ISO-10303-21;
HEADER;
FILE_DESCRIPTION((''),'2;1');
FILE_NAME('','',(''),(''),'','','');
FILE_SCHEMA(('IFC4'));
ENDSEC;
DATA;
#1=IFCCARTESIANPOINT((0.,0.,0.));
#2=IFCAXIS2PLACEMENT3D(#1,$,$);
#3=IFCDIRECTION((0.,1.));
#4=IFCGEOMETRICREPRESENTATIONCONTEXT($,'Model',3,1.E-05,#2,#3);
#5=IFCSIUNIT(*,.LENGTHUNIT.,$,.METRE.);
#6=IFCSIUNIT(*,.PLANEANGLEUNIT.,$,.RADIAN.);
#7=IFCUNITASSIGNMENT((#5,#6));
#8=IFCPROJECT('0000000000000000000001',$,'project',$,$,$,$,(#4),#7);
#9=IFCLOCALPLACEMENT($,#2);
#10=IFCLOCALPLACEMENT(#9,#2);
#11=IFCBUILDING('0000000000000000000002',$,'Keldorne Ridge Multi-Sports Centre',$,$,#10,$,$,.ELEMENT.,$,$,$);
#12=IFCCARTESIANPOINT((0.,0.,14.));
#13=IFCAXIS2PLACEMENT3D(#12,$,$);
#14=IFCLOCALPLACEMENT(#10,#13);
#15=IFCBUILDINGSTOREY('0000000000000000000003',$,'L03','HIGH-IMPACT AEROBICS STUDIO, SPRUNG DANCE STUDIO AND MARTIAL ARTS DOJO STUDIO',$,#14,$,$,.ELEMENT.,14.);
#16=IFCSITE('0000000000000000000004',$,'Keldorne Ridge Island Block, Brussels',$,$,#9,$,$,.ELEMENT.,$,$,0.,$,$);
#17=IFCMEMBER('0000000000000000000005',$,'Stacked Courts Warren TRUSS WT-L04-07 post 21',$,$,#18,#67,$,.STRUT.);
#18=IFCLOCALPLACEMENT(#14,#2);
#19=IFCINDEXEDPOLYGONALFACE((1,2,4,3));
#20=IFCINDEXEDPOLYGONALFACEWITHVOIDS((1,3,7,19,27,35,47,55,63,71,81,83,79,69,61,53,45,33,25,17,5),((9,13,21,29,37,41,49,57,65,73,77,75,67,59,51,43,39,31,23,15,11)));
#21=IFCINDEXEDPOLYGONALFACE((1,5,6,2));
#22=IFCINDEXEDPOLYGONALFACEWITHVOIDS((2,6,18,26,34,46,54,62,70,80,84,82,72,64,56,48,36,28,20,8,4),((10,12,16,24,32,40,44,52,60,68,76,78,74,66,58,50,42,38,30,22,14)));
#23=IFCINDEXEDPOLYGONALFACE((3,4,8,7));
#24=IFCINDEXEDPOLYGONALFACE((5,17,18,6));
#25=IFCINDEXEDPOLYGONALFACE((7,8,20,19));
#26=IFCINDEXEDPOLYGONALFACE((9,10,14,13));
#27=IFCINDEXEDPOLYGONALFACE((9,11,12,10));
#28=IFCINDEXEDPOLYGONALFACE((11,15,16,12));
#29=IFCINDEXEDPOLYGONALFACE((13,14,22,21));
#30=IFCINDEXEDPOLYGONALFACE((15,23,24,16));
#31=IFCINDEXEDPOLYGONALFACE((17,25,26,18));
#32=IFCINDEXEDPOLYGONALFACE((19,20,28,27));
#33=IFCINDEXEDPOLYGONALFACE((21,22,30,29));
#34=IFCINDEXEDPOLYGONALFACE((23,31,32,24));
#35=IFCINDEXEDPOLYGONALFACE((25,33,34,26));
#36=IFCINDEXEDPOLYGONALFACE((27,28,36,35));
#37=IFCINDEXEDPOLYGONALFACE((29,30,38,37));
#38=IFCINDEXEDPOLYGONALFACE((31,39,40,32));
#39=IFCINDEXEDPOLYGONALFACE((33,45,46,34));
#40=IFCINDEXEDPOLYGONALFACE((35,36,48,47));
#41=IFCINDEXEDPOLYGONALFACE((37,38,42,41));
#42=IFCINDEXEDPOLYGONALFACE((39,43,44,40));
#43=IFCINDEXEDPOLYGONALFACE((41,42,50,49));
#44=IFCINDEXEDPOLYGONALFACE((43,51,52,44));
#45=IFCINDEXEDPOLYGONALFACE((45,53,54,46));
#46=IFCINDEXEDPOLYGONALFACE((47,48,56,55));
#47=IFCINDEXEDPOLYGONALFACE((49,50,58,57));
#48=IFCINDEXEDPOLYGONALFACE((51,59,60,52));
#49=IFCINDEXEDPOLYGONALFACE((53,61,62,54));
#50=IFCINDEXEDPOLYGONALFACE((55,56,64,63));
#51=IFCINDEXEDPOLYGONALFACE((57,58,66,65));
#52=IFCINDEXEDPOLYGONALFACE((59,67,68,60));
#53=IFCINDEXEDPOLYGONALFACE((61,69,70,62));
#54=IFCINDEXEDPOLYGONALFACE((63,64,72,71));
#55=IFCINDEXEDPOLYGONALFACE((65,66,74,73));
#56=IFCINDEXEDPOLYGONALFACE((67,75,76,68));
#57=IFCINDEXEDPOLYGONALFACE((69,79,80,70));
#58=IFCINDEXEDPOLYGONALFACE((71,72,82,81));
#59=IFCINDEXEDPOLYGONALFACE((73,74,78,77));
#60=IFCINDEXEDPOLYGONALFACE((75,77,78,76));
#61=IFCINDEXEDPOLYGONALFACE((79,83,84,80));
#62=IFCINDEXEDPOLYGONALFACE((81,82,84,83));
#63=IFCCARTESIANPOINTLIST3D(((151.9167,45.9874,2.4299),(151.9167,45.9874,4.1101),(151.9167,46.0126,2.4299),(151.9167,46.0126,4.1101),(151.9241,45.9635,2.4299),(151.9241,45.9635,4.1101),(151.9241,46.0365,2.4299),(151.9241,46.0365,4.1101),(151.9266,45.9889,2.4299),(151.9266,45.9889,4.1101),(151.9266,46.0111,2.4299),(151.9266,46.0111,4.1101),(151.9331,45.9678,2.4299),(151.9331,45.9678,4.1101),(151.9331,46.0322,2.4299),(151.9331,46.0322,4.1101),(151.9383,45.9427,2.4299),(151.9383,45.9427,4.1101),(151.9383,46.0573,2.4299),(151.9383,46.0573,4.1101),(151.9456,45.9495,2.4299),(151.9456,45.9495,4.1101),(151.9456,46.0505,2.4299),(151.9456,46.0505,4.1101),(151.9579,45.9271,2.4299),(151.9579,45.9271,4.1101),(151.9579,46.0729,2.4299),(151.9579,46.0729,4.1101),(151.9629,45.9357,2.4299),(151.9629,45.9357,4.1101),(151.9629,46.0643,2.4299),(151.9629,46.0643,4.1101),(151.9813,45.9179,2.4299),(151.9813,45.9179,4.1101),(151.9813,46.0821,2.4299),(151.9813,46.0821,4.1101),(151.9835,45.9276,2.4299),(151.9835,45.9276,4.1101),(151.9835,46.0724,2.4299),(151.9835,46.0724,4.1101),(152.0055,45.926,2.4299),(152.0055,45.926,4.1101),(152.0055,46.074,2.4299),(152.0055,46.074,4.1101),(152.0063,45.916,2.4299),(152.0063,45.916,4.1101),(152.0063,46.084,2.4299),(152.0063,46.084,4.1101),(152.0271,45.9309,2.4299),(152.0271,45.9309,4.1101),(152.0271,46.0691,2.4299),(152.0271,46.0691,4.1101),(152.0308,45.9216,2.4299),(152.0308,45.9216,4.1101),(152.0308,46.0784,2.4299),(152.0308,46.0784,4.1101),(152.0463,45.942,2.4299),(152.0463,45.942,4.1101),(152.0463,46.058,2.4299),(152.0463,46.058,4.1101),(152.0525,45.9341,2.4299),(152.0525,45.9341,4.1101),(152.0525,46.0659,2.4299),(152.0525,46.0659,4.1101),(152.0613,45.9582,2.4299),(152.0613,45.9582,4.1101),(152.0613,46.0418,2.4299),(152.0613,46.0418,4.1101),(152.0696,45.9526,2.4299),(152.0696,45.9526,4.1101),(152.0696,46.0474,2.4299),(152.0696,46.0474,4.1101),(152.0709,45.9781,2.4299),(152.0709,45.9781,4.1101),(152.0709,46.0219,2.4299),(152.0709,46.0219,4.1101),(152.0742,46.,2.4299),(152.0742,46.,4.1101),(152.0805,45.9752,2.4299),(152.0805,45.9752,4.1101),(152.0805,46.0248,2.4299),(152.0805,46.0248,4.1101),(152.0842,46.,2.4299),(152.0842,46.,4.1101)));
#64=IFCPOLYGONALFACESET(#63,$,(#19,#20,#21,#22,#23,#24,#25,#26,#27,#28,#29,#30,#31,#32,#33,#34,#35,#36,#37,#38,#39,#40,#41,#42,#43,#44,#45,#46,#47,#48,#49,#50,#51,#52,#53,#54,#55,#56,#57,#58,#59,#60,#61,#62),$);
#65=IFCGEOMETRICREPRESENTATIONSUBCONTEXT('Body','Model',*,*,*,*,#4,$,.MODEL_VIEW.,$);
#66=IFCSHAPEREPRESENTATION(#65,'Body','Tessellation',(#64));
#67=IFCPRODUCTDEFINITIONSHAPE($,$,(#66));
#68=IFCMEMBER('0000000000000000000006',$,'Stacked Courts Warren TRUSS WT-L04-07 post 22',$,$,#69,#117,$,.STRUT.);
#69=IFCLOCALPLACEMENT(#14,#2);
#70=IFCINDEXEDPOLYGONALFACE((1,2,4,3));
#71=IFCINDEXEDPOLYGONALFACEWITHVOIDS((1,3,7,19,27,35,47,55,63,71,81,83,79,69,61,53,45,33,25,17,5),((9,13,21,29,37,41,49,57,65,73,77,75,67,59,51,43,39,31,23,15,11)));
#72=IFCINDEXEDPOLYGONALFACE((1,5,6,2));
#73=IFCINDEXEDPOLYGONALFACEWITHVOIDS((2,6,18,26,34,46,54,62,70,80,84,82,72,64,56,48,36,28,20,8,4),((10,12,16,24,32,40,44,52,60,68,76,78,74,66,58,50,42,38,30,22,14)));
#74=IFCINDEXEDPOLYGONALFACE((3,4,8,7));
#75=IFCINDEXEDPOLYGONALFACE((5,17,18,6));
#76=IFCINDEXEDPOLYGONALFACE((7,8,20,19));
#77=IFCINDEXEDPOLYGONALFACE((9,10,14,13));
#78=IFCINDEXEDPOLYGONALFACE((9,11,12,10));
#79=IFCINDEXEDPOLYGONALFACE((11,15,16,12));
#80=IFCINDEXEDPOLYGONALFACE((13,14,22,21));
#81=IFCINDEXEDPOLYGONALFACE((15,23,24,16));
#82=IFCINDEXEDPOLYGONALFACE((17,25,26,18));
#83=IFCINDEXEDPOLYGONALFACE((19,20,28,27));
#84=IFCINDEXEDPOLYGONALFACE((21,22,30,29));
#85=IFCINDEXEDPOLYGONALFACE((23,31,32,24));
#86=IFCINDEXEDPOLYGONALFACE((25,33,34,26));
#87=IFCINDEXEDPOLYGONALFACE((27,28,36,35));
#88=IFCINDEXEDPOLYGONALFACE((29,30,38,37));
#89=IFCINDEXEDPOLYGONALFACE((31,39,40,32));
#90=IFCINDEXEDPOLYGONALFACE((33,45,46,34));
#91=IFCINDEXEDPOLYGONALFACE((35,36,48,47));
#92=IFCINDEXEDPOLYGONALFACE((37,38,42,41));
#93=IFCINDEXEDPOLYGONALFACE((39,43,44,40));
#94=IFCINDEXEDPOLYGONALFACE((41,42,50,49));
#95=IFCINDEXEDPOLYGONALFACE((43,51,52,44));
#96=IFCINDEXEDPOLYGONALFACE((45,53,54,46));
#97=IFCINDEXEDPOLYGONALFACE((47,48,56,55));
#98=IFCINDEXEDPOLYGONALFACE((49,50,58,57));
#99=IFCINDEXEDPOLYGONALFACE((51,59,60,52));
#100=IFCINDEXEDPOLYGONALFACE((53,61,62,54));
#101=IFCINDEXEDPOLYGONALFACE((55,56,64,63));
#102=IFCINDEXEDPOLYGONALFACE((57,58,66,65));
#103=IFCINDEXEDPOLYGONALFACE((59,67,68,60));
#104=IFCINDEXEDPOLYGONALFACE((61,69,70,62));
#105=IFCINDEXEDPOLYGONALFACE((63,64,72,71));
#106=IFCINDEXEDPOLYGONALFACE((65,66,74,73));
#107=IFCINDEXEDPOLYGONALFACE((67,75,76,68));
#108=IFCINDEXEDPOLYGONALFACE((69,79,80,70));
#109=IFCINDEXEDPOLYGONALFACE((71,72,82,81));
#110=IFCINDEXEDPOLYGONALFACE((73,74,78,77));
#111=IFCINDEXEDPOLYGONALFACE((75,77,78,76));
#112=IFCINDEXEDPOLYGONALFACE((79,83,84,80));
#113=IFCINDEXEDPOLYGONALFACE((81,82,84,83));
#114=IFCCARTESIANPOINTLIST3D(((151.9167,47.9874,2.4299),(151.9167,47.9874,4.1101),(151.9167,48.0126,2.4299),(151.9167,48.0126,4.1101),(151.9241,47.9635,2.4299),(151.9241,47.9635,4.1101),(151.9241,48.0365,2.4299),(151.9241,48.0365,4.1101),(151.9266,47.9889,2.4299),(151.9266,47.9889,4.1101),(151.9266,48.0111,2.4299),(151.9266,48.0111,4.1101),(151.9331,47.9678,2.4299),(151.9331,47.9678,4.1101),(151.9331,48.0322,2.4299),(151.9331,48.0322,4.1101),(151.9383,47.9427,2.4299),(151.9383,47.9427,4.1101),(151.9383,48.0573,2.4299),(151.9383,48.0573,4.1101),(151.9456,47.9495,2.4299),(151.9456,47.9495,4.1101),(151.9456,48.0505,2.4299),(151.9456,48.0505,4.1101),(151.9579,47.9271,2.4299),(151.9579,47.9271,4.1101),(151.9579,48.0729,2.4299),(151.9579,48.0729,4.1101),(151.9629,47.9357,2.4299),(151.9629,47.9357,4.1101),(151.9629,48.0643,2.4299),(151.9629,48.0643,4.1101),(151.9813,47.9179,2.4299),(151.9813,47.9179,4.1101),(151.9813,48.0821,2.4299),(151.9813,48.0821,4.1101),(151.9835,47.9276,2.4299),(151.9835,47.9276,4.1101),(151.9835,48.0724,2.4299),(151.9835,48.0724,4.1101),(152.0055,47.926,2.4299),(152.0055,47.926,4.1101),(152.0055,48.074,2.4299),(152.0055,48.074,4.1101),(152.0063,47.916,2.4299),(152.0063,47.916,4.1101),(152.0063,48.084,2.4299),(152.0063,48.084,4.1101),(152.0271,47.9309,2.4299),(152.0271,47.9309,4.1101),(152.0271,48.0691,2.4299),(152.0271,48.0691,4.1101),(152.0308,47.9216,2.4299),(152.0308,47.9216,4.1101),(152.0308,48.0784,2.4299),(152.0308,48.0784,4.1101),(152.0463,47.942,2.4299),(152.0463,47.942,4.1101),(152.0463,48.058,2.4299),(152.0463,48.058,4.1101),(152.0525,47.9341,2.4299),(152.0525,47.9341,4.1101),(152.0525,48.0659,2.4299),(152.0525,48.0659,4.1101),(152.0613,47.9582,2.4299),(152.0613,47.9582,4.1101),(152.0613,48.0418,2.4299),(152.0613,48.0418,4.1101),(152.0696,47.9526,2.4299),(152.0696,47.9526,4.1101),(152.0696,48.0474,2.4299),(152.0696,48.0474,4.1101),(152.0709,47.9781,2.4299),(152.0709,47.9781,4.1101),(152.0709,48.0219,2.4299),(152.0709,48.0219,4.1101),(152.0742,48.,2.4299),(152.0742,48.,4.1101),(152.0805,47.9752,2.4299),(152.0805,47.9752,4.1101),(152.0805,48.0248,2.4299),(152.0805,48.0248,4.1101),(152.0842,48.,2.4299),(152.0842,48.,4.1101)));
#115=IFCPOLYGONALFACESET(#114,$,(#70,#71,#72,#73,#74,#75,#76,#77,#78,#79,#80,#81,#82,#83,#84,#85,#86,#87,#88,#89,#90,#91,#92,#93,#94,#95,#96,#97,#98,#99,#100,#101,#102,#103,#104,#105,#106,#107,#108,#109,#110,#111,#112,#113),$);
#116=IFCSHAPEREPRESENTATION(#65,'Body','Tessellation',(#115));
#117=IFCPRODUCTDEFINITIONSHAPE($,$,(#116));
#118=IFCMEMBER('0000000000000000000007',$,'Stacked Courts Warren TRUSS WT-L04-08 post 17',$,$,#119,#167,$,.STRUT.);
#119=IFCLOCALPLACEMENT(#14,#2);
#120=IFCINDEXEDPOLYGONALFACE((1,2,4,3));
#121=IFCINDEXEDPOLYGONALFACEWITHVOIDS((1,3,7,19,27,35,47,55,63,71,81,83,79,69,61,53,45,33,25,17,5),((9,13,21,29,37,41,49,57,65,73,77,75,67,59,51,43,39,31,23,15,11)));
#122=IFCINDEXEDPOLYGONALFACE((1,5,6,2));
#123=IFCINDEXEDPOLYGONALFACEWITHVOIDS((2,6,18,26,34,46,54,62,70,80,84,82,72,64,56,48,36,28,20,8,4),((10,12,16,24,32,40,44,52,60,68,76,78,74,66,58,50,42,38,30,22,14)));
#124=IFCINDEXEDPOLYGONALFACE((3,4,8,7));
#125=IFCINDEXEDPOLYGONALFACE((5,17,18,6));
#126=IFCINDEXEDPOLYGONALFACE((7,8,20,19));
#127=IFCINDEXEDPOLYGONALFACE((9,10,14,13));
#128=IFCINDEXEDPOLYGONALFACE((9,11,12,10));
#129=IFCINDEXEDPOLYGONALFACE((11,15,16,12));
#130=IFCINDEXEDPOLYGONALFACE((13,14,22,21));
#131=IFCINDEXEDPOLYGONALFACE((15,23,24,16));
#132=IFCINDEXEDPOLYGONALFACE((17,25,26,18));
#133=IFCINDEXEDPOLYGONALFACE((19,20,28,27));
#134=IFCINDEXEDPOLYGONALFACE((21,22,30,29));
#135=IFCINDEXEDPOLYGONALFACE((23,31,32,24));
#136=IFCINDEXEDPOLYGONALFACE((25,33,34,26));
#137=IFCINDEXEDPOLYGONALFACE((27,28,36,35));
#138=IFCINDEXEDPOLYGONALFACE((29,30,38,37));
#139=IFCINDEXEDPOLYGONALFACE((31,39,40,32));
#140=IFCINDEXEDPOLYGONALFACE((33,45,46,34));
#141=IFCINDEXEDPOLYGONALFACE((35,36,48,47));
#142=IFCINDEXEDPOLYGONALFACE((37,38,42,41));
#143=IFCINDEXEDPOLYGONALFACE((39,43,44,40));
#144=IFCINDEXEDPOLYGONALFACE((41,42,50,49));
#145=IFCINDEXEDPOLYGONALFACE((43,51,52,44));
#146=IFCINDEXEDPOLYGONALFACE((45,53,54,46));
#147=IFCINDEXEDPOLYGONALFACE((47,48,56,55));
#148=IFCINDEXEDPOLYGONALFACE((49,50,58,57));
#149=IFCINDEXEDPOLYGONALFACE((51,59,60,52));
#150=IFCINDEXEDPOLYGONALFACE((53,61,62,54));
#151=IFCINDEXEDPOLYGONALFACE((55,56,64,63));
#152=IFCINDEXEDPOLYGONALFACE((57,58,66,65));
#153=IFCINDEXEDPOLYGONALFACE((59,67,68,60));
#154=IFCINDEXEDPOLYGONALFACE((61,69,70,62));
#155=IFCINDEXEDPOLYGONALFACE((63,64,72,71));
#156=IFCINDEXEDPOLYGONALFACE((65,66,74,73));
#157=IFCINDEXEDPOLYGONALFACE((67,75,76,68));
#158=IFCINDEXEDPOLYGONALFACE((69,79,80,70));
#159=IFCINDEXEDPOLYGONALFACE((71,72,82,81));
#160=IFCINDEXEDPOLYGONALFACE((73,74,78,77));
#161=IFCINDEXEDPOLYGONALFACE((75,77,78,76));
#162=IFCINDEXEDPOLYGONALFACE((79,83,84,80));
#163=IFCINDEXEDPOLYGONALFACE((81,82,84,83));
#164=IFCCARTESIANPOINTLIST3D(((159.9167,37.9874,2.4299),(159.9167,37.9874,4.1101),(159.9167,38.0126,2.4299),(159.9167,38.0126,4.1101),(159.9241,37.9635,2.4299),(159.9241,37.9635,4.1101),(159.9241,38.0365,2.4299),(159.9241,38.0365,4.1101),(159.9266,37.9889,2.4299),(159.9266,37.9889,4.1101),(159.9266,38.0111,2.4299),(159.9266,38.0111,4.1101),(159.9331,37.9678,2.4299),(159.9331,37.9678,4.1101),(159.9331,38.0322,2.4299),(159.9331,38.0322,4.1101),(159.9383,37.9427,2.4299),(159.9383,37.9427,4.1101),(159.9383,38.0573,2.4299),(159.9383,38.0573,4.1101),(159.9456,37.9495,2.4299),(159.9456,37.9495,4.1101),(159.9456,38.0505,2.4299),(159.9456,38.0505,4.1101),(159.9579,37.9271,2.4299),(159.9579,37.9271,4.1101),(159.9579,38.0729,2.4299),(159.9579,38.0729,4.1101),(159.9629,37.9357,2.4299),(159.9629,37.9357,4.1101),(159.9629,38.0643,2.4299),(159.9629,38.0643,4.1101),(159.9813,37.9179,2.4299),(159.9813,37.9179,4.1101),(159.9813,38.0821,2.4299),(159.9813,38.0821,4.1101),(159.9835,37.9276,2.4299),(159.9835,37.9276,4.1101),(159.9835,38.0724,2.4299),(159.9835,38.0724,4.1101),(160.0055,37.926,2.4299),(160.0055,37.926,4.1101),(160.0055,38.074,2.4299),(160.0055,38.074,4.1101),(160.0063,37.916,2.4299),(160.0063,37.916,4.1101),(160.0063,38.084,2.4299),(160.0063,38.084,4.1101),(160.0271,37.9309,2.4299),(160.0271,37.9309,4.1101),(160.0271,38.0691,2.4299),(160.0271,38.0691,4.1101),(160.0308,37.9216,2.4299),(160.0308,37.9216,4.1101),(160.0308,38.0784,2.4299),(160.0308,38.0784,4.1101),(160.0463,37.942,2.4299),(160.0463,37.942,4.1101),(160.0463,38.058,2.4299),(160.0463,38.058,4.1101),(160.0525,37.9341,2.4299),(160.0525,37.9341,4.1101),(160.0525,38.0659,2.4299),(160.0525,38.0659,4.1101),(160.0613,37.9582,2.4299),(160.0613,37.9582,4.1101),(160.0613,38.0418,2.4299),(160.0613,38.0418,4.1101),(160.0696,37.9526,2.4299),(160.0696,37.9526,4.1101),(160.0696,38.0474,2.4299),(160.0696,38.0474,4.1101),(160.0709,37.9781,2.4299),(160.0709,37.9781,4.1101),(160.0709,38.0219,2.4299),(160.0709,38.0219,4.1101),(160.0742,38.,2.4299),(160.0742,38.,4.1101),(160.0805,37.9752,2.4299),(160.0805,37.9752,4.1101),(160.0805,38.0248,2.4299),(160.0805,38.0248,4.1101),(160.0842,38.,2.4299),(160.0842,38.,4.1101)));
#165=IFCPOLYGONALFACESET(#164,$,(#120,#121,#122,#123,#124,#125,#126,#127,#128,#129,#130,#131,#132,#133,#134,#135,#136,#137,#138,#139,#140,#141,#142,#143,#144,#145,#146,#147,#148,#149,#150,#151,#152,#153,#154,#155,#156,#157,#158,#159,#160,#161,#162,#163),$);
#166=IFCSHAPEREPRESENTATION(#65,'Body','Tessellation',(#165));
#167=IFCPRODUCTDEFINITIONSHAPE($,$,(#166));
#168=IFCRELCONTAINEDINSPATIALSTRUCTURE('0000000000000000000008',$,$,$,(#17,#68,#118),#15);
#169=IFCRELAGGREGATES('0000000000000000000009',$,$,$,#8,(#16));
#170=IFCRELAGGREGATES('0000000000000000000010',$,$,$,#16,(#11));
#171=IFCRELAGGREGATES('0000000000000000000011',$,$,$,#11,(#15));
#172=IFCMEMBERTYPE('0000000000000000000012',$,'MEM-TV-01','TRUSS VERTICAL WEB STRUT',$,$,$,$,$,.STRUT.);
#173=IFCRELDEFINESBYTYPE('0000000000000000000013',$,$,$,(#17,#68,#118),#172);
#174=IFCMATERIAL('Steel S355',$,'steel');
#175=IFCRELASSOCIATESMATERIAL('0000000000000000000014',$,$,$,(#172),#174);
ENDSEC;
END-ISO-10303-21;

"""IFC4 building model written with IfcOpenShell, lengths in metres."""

from ifc_helpers import new_model, si_unit, direction, frame, origin, origin_2d, place, context, subcontext, project, spatial, hollow_circle, extrude, material, material_profile, profile_set, type_object, element, save


model = new_model("IFC4")

# Units and contexts
model_context = context("Model", 3, precision=1e-05, world=origin(), true_north=direction((0.0, 1.0)))
body_context = subcontext(model_context, "Body", "Model", "MODEL_VIEW")
ifc_project = project(units=[si_unit("LENGTHUNIT", "METRE"), si_unit("PLANEANGLEUNIT", "RADIAN")], contexts=[model_context])

# Site, building, storey
site_placement = place(None, origin())
site = spatial("IfcSite", under=ifc_project, at=site_placement, Name="Keldorne Ridge Island Block, Brussels", CompositionType="ELEMENT", RefElevation=0.0)
building_placement = place(site_placement, origin())
building = spatial("IfcBuilding", under=site, at=building_placement, Name="Keldorne Ridge Multi-Sports Centre", CompositionType="ELEMENT")
storey_placement = place(building_placement, frame((0.0, 0.0, 14.0)))
storey = spatial("IfcBuildingStorey", under=building, at=storey_placement, Name="L03", Description="HIGH-IMPACT AEROBICS STUDIO, SPRUNG DANCE STUDIO AND MARTIAL ARTS DOJO STUDIO", CompositionType="ELEMENT", Elevation=14.0)

# Members
ifc_material = material(Name="Steel S355", Category="steel")
ifc_material_profile_1 = material_profile(ifc_material, hollow_circle(Radius=0.0842, WallThickness=0.01, at=origin_2d()), Name="CHS 168.3x10")
ifc_profile_set_1 = profile_set([ifc_material_profile_1], Name="Steel S355")
member_type_1 = type_object("IfcMemberType", Name="MEM-TV-01", Description="TRUSS VERTICAL WEB STRUT", PredefinedType="STRUT", material=ifc_profile_set_1)
for number, where, z_axis, x_axis, name in (
    (1, (152.0, 46.0, 2.4299), (0.0, 0.0, 1.0), (1.0, 0.0, 0.0), "Stacked Courts Warren TRUSS WT-L04-07 post 21"),
    (2, (152.0, 48.0, 2.4299), (0.0, 0.0, 1.0), (1.0, 0.0, 0.0), "Stacked Courts Warren TRUSS WT-L04-07 post 22"),
    (3, (160.0, 38.0, 2.4299), (0.0, 0.0, 1.0), (1.0, 0.0, 0.0), "Stacked Courts Warren TRUSS WT-L04-08 post 17"),
):
    element("IfcMember", number, at=place(storey_placement, frame(where, z_axis=z_axis, x_axis=x_axis)), inside=storey, type_object=member_type_1, Name=name, PredefinedType="STRUT", context=body_context, shape_type="SweptSolid", body=[
        extrude(hollow_circle(Radius=0.0842, WallThickness=0.01, at=origin_2d()), origin(), (0.0, 0.0, 1.0), 1.6802),
    ])

save(model, "model.ifc")
